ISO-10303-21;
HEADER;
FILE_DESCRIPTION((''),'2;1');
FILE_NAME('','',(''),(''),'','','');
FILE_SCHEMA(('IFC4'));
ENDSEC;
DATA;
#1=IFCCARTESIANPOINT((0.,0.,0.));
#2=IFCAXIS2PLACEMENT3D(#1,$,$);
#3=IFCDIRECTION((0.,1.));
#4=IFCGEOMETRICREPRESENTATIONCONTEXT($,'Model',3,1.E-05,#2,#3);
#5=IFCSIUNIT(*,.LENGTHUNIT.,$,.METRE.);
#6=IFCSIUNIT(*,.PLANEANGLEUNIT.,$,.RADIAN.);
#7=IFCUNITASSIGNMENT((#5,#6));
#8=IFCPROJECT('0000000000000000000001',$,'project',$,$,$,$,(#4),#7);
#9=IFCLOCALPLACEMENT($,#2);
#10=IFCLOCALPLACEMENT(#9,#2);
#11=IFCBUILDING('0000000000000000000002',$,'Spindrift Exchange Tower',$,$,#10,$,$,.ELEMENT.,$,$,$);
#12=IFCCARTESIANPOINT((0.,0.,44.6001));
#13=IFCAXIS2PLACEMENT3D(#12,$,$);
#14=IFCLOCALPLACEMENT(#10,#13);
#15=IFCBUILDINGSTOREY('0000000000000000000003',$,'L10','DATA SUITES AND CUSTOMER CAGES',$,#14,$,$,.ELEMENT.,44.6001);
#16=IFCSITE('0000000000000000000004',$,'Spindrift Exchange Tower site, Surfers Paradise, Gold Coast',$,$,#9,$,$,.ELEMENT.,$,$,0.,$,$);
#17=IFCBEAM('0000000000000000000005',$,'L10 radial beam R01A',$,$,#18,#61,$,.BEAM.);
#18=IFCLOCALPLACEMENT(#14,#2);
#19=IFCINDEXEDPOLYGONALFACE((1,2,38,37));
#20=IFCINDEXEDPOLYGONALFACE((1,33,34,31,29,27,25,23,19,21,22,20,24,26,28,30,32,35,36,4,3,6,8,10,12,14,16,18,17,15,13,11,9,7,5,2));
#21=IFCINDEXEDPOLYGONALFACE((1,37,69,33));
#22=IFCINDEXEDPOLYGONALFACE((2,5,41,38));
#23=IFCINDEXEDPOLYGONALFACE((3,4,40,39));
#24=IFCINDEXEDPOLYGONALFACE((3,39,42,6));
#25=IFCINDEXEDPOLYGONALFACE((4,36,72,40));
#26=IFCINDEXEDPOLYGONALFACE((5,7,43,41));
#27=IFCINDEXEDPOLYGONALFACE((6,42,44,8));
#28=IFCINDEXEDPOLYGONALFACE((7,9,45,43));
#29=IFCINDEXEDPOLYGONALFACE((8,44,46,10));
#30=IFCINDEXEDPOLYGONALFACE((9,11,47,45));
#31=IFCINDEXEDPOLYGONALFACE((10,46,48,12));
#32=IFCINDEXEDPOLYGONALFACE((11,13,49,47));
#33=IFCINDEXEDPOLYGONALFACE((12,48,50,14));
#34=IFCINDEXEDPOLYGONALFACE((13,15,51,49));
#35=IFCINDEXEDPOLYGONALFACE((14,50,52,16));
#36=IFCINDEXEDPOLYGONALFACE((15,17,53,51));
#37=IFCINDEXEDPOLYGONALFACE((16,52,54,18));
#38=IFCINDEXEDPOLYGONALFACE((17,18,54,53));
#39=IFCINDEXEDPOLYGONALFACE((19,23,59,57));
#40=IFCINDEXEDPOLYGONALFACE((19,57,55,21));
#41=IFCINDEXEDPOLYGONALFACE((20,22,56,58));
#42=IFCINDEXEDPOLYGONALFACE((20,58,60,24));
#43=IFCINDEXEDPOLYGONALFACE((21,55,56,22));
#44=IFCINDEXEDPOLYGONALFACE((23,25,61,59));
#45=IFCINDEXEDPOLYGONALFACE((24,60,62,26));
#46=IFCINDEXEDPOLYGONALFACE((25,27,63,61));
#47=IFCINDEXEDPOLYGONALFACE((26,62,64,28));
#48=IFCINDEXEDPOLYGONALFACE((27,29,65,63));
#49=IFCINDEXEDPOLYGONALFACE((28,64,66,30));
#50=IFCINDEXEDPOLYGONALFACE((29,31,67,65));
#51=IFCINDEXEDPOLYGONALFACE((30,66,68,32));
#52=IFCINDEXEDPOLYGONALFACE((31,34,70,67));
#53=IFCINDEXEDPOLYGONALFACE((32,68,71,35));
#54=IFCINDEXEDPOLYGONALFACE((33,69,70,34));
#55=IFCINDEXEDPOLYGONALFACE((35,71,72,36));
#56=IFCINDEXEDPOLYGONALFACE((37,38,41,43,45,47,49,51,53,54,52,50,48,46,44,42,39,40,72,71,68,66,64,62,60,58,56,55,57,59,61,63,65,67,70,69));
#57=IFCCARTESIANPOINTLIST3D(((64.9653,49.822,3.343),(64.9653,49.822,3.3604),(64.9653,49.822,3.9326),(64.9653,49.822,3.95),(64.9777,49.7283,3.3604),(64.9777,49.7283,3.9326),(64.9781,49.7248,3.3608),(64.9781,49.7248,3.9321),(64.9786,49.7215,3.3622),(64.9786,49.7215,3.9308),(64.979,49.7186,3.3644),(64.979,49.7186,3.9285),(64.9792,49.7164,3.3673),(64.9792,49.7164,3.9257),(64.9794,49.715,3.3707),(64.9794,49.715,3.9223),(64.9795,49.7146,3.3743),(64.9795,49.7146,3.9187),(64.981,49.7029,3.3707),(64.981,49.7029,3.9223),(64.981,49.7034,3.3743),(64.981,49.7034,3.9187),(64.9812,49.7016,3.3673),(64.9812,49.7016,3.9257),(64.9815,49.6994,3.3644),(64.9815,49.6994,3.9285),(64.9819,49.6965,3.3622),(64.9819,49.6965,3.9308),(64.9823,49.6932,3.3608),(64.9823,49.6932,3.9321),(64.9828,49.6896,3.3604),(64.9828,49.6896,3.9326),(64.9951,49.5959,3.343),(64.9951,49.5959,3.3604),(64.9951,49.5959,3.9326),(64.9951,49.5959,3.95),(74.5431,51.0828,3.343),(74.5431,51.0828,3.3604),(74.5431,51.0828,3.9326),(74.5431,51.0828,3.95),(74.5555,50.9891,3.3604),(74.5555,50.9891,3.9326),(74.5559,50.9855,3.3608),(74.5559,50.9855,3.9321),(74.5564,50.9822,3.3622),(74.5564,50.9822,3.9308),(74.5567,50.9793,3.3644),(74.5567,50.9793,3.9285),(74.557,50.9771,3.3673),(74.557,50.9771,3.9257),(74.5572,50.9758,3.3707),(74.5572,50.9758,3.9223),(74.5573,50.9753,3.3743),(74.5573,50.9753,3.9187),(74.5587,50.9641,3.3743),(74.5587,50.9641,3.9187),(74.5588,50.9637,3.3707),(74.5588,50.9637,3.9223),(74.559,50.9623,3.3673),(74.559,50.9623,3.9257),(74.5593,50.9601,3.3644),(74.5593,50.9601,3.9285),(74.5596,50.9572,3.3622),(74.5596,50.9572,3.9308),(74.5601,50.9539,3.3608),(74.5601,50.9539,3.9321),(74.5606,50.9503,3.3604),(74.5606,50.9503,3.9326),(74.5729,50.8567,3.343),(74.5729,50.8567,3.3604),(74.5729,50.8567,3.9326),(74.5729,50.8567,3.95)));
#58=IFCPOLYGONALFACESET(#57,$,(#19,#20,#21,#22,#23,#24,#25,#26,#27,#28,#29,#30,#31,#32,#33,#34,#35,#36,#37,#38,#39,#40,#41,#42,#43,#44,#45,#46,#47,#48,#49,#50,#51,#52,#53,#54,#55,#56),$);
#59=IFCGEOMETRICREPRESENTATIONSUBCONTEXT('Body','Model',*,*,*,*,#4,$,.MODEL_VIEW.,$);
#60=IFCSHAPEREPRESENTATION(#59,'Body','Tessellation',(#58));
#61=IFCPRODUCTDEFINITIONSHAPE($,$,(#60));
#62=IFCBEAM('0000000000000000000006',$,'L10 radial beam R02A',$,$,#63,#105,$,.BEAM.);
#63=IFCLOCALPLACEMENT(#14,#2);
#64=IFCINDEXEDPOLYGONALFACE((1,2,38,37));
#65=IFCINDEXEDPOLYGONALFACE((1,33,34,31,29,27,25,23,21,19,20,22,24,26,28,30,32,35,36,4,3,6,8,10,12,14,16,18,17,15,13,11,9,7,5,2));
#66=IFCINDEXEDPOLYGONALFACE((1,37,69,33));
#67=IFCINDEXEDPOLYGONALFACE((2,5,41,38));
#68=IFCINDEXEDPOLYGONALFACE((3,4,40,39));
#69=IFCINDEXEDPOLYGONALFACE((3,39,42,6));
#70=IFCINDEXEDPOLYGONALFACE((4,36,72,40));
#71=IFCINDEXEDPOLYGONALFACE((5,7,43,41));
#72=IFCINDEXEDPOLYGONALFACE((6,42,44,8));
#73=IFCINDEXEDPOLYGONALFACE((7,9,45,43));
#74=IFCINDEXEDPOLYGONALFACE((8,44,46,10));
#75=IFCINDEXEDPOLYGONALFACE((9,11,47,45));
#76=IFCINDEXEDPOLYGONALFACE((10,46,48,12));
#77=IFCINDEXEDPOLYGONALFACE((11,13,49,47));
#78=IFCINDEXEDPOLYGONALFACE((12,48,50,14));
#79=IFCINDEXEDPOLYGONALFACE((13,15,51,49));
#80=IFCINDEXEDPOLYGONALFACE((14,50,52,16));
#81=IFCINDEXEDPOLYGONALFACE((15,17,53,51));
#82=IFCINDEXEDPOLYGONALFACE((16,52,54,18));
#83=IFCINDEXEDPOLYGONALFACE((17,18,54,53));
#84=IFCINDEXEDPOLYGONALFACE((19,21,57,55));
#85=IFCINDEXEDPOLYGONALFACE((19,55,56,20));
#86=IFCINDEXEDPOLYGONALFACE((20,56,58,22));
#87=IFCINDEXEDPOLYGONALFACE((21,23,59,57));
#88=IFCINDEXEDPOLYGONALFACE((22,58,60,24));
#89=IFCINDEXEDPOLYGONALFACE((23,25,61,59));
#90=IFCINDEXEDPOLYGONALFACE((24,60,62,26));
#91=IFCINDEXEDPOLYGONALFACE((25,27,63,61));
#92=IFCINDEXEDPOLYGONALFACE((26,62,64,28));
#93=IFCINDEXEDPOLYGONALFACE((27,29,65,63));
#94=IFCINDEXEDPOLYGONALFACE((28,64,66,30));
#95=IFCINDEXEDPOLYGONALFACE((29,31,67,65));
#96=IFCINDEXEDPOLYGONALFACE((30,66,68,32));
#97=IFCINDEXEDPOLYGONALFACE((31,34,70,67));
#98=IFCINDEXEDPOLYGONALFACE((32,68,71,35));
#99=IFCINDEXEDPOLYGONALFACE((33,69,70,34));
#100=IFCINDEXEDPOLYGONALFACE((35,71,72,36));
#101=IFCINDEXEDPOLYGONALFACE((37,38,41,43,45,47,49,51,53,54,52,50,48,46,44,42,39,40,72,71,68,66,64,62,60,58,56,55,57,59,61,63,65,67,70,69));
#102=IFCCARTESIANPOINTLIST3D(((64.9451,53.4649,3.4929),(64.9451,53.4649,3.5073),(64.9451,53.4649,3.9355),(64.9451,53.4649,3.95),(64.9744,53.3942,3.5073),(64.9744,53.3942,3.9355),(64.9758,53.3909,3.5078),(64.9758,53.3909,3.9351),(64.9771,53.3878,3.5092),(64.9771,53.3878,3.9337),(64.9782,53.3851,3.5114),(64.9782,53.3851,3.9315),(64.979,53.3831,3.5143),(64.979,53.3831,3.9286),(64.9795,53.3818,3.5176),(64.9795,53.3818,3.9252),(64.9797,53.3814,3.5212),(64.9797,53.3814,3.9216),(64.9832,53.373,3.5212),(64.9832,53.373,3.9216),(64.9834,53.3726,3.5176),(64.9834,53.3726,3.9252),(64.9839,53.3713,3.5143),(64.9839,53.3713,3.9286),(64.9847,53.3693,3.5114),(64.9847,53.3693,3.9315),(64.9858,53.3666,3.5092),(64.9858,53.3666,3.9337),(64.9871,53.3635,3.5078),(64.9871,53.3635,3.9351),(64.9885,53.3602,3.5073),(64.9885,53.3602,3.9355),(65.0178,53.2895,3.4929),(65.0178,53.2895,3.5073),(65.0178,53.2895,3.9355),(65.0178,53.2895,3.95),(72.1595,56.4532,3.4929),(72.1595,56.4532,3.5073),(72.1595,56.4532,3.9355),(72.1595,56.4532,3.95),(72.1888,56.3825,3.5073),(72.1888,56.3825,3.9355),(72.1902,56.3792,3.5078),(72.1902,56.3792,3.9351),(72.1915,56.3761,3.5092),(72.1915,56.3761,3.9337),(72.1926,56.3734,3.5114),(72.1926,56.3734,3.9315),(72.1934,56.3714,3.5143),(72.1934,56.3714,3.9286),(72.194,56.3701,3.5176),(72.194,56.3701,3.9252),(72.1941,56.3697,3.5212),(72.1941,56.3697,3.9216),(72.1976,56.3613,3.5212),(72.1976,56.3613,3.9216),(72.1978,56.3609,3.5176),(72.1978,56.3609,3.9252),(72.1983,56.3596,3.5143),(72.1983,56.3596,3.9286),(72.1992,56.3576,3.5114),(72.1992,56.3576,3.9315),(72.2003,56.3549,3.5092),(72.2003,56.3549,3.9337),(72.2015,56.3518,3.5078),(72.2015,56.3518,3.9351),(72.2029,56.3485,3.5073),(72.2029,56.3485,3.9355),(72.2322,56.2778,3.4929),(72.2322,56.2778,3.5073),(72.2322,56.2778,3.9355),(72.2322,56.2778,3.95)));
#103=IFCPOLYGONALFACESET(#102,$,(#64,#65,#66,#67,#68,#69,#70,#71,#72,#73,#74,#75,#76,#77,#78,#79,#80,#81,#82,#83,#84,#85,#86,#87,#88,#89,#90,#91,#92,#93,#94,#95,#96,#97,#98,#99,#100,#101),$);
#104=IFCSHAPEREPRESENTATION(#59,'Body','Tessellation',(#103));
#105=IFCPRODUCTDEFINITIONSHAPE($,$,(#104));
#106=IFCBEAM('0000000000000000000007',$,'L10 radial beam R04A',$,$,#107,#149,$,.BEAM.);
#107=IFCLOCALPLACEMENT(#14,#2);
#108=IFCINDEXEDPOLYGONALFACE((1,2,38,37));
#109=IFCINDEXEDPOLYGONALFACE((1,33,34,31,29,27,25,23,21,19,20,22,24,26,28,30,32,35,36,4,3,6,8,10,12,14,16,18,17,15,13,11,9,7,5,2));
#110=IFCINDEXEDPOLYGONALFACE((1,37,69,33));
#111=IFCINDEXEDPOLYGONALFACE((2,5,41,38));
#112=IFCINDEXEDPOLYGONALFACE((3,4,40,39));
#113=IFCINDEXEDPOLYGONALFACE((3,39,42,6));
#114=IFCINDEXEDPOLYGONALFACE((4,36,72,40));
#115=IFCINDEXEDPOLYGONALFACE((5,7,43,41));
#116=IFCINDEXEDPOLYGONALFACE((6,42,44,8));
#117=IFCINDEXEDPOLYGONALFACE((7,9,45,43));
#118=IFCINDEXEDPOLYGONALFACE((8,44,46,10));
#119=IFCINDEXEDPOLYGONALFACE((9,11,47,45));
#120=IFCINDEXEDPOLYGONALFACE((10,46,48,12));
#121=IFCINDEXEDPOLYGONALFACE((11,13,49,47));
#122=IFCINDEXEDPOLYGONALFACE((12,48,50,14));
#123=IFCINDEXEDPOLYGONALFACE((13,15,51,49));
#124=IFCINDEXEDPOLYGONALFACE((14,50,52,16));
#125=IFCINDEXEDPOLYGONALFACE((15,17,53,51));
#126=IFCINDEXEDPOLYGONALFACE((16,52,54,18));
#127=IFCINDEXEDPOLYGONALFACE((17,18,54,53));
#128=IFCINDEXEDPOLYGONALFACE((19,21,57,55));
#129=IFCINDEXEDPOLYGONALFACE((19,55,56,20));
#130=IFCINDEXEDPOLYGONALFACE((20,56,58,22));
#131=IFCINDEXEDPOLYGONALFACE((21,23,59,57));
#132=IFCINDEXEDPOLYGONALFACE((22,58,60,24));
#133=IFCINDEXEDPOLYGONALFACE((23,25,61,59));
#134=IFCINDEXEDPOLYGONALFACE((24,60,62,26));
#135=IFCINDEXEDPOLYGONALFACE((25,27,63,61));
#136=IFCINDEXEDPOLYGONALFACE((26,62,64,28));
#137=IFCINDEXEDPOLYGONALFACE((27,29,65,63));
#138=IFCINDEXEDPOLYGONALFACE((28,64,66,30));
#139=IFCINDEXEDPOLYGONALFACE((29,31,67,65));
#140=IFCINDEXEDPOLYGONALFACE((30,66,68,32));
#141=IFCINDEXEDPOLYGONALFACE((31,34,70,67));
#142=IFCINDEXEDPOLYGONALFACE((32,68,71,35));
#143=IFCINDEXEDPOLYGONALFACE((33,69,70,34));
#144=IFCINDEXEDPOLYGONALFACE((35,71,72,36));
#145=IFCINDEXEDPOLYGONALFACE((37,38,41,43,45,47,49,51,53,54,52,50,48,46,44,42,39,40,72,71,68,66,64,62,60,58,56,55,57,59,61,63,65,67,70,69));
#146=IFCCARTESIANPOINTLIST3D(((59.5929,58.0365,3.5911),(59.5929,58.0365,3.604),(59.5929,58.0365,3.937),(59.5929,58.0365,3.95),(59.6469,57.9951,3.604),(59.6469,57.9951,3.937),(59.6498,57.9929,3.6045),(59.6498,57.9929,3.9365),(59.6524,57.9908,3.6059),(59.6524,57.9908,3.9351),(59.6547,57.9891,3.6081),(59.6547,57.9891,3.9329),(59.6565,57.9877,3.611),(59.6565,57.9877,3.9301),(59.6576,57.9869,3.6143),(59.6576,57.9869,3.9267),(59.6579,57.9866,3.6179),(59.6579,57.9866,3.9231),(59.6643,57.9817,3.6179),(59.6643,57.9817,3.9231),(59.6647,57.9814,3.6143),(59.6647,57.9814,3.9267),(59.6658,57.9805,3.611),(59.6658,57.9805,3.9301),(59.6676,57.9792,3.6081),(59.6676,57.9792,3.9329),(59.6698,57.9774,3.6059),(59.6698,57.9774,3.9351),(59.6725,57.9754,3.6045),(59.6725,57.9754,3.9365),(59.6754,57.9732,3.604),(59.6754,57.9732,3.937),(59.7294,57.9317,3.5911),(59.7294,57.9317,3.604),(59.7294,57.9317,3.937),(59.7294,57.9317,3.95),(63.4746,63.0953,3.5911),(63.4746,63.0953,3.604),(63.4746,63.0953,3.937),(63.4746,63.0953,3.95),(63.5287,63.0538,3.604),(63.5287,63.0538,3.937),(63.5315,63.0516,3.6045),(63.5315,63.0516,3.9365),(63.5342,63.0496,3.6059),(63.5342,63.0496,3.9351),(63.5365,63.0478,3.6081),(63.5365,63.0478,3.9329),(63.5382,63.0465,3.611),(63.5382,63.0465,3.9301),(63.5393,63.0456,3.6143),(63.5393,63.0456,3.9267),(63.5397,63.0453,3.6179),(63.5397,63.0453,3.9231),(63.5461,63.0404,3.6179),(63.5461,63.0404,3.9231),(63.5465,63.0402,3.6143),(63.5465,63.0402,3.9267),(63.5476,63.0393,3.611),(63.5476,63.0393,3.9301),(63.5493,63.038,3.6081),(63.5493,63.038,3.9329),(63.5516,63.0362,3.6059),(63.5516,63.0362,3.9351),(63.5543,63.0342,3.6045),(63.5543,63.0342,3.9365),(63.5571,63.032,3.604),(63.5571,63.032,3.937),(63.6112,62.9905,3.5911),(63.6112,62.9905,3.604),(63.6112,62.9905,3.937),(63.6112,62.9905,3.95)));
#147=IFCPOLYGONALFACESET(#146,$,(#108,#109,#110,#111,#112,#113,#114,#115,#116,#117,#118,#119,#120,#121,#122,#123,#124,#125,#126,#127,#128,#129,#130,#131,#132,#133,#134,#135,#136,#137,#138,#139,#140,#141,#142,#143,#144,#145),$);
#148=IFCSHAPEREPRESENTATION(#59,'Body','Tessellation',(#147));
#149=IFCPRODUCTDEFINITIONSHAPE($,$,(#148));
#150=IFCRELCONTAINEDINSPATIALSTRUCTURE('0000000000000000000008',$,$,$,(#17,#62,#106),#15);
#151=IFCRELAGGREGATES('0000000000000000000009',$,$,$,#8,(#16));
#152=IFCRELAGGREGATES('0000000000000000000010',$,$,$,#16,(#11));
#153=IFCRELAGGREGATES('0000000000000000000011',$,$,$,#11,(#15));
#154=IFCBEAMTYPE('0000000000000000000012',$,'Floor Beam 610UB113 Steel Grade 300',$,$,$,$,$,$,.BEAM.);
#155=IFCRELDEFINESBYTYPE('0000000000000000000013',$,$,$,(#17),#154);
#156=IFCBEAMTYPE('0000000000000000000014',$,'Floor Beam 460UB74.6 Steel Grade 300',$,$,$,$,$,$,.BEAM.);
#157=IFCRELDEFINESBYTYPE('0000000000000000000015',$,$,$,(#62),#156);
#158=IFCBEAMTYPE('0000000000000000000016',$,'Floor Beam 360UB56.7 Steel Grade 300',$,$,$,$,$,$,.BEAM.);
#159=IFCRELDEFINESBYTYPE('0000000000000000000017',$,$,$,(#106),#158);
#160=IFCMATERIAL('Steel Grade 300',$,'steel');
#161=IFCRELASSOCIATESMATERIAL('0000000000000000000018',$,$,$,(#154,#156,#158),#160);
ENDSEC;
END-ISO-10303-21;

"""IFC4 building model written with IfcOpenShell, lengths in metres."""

from ifc_helpers import new_model, si_unit, direction, frame, origin, origin_2d, place, context, subcontext, project, spatial, i_section, extrude, source, transform, mapped, material, material_profile, profile_set, type_object, element, save


model = new_model("IFC4")

# Units and contexts
model_context = context("Model", 3, precision=1e-05, world=origin(), true_north=direction((0.0, 1.0)))
body_context = subcontext(model_context, "Body", "Model", "MODEL_VIEW")
ifc_project = project(units=[si_unit("LENGTHUNIT", "METRE"), si_unit("PLANEANGLEUNIT", "RADIAN")], contexts=[model_context])

# Site, building, storey
site_placement = place(None, origin())
site = spatial("IfcSite", under=ifc_project, at=site_placement, Name="Spindrift Exchange Tower site, Surfers Paradise, Gold Coast", CompositionType="ELEMENT", RefElevation=0.0)
building_placement = place(site_placement, origin())
building = spatial("IfcBuilding", under=site, at=building_placement, Name="Spindrift Exchange Tower", CompositionType="ELEMENT")
storey_placement = place(building_placement, frame((0.0, 0.0, 44.6001)))
storey = spatial("IfcBuildingStorey", under=building, at=storey_placement, Name="L10", Description="DATA SUITES AND CUSTOMER CAGES", CompositionType="ELEMENT", Elevation=44.6001)

# Beams
ifc_material_1 = material(Name="Steel Grade 300", Category="steel")
ifc_material_profile_1 = material_profile(ifc_material_1, i_section(OverallWidth=0.228, OverallDepth=0.6069, WebThickness=0.0112, FlangeThickness=0.0173, FilletRadius=0.0139, at=origin_2d()), Name="610UB113")
ifc_profile_set_1 = profile_set([ifc_material_profile_1], Name="Steel Grade 300")
beam_type_1 = type_object("IfcBeamType", Name="Floor Beam 610UB113 Steel Grade 300", PredefinedType="BEAM", material=ifc_profile_set_1)
shared_shape_1 = source(origin(), body_context, "Body", "SweptSolid", [
    extrude(i_section(OverallWidth=0.228, OverallDepth=0.6069, WebThickness=0.0112, FlangeThickness=0.0173, FilletRadius=0.0139, at=origin_2d()), origin(), (0.0, 0.0, 1.0), 9.6604),
])
beam_1_placement = place(storey_placement, frame((64.9802, 49.709, 3.6465), z_axis=(0.991448, 0.130505, 0.0), x_axis=(-0.130505, 0.991448, 0.0)))
element("IfcBeam", 1, at=beam_1_placement, inside=storey, type_object=beam_type_1, Name="L10 radial beam R01A", PredefinedType="BEAM", context=body_context, shape_type="MappedRepresentation", body=[
    mapped(shared_shape_1, transform((0.0, 0.0, 0.0), scale=1.0)),
])
ifc_material_profile_2 = material_profile(ifc_material_1, i_section(OverallWidth=0.1899, OverallDepth=0.457, WebThickness=0.009, FlangeThickness=0.0144, FilletRadius=0.0139, at=origin_2d()), Name="460UB74.6")
ifc_profile_set_2 = profile_set([ifc_material_profile_2], Name="Steel Grade 300")
beam_type_2 = type_object("IfcBeamType", Name="Floor Beam 460UB74.6 Steel Grade 300", PredefinedType="BEAM", material=ifc_profile_set_2)
shared_shape_2 = source(origin(), body_context, "Body", "SweptSolid", [
    extrude(i_section(OverallWidth=0.1899, OverallDepth=0.457, WebThickness=0.009, FlangeThickness=0.0144, FilletRadius=0.0139, at=origin_2d()), origin(), (0.0, 0.0, 1.0), 7.8088),
])
beam_2_placement = place(storey_placement, frame((64.9814, 53.3772, 3.7214), z_axis=(0.92388, 0.382683, 0.0), x_axis=(-0.382683, 0.92388, 0.0)))
element("IfcBeam", 2, at=beam_2_placement, inside=storey, type_object=beam_type_2, Name="L10 radial beam R02A", PredefinedType="BEAM", context=body_context, shape_type="MappedRepresentation", body=[
    mapped(shared_shape_2, transform((0.0, 0.0, 0.0), scale=1.0)),
])
ifc_material_profile_3 = material_profile(ifc_material_1, i_section(OverallWidth=0.1721, OverallDepth=0.3589, WebThickness=0.0081, FlangeThickness=0.0129, FilletRadius=0.0139, at=origin_2d()), Name="360UB56.7")
ifc_profile_set_3 = profile_set([ifc_material_profile_3], Name="Steel Grade 300")
beam_type_3 = type_object("IfcBeamType", Name="Floor Beam 360UB56.7 Steel Grade 300", PredefinedType="BEAM", material=ifc_profile_set_3)
shared_shape_3 = source(origin(), body_context, "Body", "SweptSolid", [
    extrude(i_section(OverallWidth=0.1721, OverallDepth=0.3589, WebThickness=0.0081, FlangeThickness=0.0129, FilletRadius=0.0139, at=origin_2d()), origin(), (0.0, 0.0, 1.0), 6.3765),
])
beam_3_placement = place(storey_placement, frame((59.6611, 57.9841, 3.7705), z_axis=(0.608767, 0.793349, 0.0), x_axis=(-0.793349, 0.608767, 0.0)))
element("IfcBeam", 3, at=beam_3_placement, inside=storey, type_object=beam_type_3, Name="L10 radial beam R04A", PredefinedType="BEAM", context=body_context, shape_type="MappedRepresentation", body=[
    mapped(shared_shape_3, transform((0.0, 0.0, 0.0), scale=1.0)),
])

save(model, "model.ifc")
